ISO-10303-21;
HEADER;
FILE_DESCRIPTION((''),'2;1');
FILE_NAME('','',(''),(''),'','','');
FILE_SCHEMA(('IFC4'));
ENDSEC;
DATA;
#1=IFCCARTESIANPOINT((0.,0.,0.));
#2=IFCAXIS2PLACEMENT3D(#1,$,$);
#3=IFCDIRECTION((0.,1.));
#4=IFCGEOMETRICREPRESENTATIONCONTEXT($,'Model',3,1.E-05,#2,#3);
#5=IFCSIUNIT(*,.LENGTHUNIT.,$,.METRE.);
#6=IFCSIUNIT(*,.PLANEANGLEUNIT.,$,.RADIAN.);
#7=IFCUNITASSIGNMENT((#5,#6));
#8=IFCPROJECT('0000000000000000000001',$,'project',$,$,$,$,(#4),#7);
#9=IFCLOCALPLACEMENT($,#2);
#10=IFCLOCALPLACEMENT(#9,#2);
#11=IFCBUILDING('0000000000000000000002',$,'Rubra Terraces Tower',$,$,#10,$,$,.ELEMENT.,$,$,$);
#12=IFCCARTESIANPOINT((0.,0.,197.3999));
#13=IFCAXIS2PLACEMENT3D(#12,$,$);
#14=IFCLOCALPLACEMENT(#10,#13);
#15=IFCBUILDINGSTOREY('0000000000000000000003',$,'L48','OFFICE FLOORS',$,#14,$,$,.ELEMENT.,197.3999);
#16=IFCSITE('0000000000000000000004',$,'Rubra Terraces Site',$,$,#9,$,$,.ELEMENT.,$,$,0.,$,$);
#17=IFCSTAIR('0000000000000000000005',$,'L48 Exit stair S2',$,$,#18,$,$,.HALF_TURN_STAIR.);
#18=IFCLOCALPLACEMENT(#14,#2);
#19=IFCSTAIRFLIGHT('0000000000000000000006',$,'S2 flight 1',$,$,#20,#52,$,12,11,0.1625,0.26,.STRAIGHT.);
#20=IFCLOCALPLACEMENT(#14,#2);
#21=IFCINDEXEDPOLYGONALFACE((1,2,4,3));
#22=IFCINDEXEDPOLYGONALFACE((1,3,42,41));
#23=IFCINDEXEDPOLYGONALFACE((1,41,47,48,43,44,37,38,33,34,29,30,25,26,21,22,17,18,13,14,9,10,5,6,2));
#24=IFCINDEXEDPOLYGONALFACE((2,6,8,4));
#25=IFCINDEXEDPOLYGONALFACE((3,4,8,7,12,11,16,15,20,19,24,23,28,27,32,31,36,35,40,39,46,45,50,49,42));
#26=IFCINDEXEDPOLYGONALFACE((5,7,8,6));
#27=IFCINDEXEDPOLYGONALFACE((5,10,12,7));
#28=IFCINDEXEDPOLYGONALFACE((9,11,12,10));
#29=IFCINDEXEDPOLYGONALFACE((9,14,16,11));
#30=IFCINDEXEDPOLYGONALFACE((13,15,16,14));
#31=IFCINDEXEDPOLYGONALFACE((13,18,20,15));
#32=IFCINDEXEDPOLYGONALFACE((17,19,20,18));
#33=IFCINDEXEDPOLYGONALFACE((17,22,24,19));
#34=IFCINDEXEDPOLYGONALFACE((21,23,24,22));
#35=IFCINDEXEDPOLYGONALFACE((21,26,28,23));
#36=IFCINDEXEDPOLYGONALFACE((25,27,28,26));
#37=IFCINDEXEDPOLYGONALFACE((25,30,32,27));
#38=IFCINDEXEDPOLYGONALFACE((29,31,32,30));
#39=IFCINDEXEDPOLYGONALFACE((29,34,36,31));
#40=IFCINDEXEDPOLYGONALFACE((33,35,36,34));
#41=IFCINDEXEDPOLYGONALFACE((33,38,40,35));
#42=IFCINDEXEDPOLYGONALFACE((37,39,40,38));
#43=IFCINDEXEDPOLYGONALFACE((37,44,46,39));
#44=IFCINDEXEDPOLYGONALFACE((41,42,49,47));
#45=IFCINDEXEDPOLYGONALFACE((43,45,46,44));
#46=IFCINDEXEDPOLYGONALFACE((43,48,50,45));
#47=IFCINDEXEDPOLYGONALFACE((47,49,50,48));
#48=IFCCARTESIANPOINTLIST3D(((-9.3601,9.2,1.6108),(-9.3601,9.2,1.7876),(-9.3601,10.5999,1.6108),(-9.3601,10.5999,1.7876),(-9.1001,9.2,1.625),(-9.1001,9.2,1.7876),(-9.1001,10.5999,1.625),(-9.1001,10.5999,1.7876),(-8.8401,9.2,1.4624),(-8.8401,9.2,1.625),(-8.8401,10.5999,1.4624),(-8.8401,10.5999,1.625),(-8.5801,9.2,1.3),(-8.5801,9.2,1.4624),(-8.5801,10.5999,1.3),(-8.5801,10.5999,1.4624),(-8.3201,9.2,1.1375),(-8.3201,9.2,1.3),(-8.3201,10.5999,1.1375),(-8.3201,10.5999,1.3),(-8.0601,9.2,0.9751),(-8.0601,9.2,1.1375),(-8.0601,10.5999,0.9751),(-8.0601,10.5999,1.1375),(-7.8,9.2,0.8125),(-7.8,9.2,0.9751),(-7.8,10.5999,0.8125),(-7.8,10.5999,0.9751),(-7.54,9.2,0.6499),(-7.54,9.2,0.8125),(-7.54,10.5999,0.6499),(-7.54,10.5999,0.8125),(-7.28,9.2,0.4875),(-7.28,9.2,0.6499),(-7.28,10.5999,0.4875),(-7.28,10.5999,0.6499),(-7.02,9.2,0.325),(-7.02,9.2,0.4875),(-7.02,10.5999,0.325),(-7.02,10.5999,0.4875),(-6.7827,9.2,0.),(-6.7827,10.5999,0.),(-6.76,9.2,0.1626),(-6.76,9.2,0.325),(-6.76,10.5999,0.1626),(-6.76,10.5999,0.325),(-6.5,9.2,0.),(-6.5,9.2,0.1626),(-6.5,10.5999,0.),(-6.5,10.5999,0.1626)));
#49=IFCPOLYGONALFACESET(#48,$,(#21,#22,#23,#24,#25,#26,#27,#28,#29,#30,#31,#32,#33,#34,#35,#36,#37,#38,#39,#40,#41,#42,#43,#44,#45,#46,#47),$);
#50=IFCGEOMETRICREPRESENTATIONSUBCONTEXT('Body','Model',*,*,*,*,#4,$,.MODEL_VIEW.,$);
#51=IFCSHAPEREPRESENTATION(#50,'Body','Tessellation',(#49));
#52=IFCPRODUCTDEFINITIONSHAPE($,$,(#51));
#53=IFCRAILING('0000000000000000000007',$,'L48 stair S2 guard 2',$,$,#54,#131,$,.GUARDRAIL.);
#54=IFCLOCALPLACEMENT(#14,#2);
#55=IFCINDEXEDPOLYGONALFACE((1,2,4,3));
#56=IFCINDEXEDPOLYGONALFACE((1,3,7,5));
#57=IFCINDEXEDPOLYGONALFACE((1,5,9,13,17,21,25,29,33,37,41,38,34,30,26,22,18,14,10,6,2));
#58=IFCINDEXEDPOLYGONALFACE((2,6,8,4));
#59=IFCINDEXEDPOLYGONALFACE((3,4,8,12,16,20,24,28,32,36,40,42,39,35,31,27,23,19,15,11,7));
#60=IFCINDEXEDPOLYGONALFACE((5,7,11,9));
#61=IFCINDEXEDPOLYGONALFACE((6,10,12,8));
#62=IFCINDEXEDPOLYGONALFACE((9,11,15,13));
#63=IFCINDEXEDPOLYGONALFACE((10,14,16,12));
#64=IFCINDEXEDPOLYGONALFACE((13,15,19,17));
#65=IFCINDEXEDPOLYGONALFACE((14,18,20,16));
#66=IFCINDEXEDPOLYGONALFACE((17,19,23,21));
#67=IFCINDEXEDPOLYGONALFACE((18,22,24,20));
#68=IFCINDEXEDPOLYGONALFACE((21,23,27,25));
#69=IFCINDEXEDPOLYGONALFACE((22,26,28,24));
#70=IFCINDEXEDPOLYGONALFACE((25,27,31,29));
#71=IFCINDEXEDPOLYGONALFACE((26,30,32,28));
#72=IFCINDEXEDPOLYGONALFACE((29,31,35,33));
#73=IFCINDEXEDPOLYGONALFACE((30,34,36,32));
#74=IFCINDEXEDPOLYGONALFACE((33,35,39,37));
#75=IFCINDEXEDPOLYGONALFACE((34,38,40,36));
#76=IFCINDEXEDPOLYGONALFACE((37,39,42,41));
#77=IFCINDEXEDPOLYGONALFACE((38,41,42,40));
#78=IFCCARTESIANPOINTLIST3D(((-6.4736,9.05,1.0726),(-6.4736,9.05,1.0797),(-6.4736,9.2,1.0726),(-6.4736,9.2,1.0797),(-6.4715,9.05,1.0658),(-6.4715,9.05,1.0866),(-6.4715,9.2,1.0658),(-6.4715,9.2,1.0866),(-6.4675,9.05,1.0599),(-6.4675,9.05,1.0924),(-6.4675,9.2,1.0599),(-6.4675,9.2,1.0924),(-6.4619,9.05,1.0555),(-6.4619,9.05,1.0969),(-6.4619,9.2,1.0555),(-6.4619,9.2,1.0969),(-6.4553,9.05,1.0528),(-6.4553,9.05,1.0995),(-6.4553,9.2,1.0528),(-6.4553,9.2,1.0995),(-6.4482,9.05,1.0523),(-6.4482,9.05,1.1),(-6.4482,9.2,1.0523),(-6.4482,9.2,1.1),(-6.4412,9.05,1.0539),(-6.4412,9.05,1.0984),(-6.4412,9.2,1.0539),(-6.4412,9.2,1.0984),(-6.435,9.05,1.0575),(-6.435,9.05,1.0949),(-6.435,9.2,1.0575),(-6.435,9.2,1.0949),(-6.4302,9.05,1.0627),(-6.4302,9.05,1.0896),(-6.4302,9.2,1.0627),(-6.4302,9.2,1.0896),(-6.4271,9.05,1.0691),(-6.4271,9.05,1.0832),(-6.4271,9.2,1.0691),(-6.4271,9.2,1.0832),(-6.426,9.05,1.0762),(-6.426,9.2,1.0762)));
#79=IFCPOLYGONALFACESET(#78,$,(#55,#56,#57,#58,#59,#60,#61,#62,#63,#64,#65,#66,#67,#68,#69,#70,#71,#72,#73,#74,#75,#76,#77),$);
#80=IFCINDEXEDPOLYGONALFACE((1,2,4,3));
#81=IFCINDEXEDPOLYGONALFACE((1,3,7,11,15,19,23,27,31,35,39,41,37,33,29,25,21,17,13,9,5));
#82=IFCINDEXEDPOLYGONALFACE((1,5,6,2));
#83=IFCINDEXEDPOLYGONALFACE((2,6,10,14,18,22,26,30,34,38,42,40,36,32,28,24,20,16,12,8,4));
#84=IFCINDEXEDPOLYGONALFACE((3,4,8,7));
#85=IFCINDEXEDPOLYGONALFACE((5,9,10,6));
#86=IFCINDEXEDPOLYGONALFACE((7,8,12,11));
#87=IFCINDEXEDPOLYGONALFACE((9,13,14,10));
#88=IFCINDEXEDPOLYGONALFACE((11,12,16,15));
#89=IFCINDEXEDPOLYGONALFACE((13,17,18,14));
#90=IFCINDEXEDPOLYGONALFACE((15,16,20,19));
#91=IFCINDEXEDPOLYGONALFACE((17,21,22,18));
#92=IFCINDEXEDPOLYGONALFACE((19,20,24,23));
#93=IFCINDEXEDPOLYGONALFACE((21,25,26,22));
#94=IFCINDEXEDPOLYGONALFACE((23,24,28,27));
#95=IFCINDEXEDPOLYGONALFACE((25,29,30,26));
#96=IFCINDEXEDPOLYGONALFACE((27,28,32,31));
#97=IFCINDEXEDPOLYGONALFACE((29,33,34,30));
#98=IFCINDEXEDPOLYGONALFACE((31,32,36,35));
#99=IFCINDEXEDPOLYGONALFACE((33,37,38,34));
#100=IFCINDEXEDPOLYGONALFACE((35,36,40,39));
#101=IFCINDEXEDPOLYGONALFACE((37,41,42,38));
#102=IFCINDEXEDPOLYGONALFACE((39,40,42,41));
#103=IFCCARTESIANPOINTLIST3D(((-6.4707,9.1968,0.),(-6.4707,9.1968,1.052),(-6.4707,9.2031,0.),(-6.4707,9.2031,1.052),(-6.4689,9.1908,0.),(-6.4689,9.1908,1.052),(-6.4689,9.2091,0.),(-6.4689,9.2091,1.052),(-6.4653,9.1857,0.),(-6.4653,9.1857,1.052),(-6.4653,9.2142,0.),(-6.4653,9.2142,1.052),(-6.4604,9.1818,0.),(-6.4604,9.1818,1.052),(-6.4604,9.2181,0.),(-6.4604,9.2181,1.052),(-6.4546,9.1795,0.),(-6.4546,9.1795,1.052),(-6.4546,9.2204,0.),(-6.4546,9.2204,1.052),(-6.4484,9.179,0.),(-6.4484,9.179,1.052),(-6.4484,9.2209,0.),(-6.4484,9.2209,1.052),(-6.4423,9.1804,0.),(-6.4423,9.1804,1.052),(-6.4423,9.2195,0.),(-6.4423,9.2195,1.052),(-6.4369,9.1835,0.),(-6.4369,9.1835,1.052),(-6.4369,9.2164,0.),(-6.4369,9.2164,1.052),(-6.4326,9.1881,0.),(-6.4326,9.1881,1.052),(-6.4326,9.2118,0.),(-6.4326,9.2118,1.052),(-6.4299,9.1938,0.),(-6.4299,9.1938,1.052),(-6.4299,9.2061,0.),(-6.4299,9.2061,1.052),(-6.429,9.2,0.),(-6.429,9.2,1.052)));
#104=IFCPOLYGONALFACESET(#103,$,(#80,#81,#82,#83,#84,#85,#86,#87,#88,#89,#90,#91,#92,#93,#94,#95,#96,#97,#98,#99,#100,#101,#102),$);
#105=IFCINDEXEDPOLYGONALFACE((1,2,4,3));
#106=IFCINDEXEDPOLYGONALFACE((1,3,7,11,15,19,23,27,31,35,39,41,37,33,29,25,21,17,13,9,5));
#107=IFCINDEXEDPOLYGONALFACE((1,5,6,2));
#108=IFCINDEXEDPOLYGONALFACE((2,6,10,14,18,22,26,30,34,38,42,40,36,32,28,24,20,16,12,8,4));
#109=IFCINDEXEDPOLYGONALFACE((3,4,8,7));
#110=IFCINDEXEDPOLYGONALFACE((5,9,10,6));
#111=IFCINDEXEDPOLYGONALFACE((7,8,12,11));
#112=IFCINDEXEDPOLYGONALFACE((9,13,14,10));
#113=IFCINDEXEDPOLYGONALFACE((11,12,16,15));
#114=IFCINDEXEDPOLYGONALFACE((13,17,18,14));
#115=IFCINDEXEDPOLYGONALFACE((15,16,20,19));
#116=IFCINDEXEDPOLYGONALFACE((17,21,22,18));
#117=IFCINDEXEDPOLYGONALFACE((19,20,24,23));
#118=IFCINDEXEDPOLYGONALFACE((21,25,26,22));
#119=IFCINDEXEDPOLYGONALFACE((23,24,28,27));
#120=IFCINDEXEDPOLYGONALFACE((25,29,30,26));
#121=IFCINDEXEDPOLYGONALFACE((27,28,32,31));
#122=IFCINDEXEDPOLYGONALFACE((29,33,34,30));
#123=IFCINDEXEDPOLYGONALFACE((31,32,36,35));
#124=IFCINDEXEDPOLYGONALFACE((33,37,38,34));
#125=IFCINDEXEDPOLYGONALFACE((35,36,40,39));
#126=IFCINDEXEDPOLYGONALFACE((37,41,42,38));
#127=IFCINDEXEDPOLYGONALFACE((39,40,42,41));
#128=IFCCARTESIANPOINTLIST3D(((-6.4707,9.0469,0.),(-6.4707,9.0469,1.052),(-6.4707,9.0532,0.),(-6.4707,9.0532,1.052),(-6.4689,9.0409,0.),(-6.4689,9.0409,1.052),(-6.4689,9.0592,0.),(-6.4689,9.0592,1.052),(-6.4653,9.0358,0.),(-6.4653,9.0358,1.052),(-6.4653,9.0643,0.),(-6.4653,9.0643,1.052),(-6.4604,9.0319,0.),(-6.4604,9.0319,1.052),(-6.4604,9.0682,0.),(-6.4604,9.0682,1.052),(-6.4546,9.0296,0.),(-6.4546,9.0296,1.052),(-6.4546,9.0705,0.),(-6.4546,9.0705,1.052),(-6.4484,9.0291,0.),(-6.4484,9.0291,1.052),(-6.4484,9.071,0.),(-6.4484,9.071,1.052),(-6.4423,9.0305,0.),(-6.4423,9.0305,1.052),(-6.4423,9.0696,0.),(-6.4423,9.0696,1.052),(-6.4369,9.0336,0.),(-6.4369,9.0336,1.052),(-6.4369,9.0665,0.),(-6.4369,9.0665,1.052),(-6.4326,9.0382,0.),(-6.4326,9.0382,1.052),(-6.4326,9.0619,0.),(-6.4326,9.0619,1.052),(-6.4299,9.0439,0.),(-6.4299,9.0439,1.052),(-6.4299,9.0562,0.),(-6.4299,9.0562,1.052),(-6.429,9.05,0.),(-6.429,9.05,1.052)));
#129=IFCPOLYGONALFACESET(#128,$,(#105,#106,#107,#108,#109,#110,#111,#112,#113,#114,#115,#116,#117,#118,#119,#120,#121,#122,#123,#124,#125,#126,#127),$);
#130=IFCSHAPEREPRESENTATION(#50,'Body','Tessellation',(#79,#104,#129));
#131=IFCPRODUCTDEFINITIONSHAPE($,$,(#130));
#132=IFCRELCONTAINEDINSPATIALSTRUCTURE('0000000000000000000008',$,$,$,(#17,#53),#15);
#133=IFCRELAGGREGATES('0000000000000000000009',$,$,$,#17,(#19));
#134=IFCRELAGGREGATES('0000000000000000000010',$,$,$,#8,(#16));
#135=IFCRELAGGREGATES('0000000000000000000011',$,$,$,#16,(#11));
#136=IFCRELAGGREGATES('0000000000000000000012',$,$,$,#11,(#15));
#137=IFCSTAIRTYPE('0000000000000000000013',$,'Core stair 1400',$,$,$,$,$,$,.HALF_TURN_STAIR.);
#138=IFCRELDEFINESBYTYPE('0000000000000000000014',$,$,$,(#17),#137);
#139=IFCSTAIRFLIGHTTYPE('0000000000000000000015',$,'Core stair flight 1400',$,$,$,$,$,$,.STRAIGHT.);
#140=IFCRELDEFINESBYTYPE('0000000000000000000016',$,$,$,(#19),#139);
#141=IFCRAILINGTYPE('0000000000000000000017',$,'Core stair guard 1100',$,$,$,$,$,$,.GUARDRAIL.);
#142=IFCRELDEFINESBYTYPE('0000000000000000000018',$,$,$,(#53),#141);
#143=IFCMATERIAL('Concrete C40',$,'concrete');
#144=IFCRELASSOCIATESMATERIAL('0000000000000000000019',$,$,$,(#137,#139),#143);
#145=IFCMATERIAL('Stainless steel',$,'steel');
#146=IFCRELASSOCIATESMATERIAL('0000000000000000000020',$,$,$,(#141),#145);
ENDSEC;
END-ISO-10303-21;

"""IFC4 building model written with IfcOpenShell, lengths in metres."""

from ifc_helpers import new_model, si_unit, direction, frame, origin, origin_2d, place, context, subcontext, project, spatial, polyline, circle, outline, extrude, material, type_object, element, aggregate, save


model = new_model("IFC4")

# Units and contexts
model_context = context("Model", 3, precision=1e-05, world=origin(), true_north=direction((0.0, 1.0)))
body_context = subcontext(model_context, "Body", "Model", "MODEL_VIEW")
ifc_project = project(units=[si_unit("LENGTHUNIT", "METRE"), si_unit("PLANEANGLEUNIT", "RADIAN")], contexts=[model_context])

# Site, building, storey
site_placement = place(None, origin())
site = spatial("IfcSite", under=ifc_project, at=site_placement, Name="Rubra Terraces Site", CompositionType="ELEMENT", RefElevation=0.0)
building_placement = place(site_placement, origin())
building = spatial("IfcBuilding", under=site, at=building_placement, Name="Rubra Terraces Tower", CompositionType="ELEMENT")
storey_placement = place(building_placement, frame((0.0, 0.0, 197.3999)))
storey = spatial("IfcBuildingStorey", under=building, at=storey_placement, Name="L48", Description="OFFICE FLOORS", CompositionType="ELEMENT", Elevation=197.3999)

# Shared definitions
ifc_material_1 = material(Name="Stainless steel", Category="steel")

# Stair, stair flight
ifc_material_2 = material(Name="Concrete C40", Category="concrete")
stair_type = type_object("IfcStairType", Name="Core stair 1400", PredefinedType="HALF_TURN_STAIR", material=ifc_material_2)
stair_placement = place(storey_placement, origin())
stair = element("IfcStair", 1, at=stair_placement, inside=storey, type_object=stair_type, Name="L48 Exit stair S2", PredefinedType="HALF_TURN_STAIR")
stair_flight_type = type_object("IfcStairFlightType", Name="Core stair flight 1400", PredefinedType="STRAIGHT", material=ifc_material_2)
stair_flight_placement = place(storey_placement, frame((-6.5, 9.8999, 0.0), z_axis=(0.0, 0.0, 1.0), x_axis=(-1.0, 0.0, 0.0)))
stair_flight = element("IfcStairFlight", 2, at=stair_flight_placement, type_object=stair_flight_type, Name="S2 flight 1", NumberOfRisers=12, NumberOfTreads=11, PredefinedType="STRAIGHT", RiserHeight=0.1625, TreadLength=0.26, context=body_context, shape_type="SweptSolid", body=[
    extrude(outline(polyline([(0.0, 0.0), (0.0, 0.1626), (0.26, 0.1626), (0.26, 0.325), (0.52, 0.325), (0.52, 0.4875), (0.78, 0.4875), (0.78, 0.6499), (1.04, 0.6499), (1.04, 0.8125), (1.3, 0.8125), (1.3, 0.9751), (1.5601, 0.9751), (1.5601, 1.1375), (1.8201, 1.1375), (1.8201, 1.3), (2.0801, 1.3), (2.0801, 1.4624), (2.3401, 1.4624), (2.3401, 1.625), (2.6001, 1.625), (2.6001, 1.7876), (2.8601, 1.7876), (2.8601, 1.95), (2.8601, 1.6108), (0.2827, 0.0), (0.0, 0.0)])), frame((0.0, 0.7, 0.0), z_axis=(0.0, -1.0, 0.0), x_axis=(1.0, 0.0, 0.0)), (0.0, 0.0, 1.0), 1.3999),
])
aggregate(stair, [stair_flight])

# Railing
railing_type_1 = type_object("IfcRailingType", Name="Core stair guard 1100", PredefinedType="GUARDRAIL", material=ifc_material_1)
railing_1_placement = place(storey_placement, frame((-6.45, 9.2, 0.0)))
element("IfcRailing", 3, at=railing_1_placement, inside=storey, type_object=railing_type_1, Name="L48 stair S2 guard 2", PredefinedType="GUARDRAIL", context=body_context, shape_type="SweptSolid", body=[
    extrude(circle(Radius=0.0239, at=origin_2d()), frame((0.0, 0.0, 1.0762), z_axis=(0.0, -1.0, 0.0), x_axis=(1.0, 0.0, 0.0)), (0.0, 0.0, 1.0), 0.1499),
    extrude(circle(Radius=0.021, at=origin_2d()), origin(), (0.0, 0.0, 1.0), 1.052),
    extrude(circle(Radius=0.021, at=origin_2d()), frame((0.0, -0.1499, 0.0)), (0.0, 0.0, 1.0), 1.052),
])

save(model, "model.ifc")
